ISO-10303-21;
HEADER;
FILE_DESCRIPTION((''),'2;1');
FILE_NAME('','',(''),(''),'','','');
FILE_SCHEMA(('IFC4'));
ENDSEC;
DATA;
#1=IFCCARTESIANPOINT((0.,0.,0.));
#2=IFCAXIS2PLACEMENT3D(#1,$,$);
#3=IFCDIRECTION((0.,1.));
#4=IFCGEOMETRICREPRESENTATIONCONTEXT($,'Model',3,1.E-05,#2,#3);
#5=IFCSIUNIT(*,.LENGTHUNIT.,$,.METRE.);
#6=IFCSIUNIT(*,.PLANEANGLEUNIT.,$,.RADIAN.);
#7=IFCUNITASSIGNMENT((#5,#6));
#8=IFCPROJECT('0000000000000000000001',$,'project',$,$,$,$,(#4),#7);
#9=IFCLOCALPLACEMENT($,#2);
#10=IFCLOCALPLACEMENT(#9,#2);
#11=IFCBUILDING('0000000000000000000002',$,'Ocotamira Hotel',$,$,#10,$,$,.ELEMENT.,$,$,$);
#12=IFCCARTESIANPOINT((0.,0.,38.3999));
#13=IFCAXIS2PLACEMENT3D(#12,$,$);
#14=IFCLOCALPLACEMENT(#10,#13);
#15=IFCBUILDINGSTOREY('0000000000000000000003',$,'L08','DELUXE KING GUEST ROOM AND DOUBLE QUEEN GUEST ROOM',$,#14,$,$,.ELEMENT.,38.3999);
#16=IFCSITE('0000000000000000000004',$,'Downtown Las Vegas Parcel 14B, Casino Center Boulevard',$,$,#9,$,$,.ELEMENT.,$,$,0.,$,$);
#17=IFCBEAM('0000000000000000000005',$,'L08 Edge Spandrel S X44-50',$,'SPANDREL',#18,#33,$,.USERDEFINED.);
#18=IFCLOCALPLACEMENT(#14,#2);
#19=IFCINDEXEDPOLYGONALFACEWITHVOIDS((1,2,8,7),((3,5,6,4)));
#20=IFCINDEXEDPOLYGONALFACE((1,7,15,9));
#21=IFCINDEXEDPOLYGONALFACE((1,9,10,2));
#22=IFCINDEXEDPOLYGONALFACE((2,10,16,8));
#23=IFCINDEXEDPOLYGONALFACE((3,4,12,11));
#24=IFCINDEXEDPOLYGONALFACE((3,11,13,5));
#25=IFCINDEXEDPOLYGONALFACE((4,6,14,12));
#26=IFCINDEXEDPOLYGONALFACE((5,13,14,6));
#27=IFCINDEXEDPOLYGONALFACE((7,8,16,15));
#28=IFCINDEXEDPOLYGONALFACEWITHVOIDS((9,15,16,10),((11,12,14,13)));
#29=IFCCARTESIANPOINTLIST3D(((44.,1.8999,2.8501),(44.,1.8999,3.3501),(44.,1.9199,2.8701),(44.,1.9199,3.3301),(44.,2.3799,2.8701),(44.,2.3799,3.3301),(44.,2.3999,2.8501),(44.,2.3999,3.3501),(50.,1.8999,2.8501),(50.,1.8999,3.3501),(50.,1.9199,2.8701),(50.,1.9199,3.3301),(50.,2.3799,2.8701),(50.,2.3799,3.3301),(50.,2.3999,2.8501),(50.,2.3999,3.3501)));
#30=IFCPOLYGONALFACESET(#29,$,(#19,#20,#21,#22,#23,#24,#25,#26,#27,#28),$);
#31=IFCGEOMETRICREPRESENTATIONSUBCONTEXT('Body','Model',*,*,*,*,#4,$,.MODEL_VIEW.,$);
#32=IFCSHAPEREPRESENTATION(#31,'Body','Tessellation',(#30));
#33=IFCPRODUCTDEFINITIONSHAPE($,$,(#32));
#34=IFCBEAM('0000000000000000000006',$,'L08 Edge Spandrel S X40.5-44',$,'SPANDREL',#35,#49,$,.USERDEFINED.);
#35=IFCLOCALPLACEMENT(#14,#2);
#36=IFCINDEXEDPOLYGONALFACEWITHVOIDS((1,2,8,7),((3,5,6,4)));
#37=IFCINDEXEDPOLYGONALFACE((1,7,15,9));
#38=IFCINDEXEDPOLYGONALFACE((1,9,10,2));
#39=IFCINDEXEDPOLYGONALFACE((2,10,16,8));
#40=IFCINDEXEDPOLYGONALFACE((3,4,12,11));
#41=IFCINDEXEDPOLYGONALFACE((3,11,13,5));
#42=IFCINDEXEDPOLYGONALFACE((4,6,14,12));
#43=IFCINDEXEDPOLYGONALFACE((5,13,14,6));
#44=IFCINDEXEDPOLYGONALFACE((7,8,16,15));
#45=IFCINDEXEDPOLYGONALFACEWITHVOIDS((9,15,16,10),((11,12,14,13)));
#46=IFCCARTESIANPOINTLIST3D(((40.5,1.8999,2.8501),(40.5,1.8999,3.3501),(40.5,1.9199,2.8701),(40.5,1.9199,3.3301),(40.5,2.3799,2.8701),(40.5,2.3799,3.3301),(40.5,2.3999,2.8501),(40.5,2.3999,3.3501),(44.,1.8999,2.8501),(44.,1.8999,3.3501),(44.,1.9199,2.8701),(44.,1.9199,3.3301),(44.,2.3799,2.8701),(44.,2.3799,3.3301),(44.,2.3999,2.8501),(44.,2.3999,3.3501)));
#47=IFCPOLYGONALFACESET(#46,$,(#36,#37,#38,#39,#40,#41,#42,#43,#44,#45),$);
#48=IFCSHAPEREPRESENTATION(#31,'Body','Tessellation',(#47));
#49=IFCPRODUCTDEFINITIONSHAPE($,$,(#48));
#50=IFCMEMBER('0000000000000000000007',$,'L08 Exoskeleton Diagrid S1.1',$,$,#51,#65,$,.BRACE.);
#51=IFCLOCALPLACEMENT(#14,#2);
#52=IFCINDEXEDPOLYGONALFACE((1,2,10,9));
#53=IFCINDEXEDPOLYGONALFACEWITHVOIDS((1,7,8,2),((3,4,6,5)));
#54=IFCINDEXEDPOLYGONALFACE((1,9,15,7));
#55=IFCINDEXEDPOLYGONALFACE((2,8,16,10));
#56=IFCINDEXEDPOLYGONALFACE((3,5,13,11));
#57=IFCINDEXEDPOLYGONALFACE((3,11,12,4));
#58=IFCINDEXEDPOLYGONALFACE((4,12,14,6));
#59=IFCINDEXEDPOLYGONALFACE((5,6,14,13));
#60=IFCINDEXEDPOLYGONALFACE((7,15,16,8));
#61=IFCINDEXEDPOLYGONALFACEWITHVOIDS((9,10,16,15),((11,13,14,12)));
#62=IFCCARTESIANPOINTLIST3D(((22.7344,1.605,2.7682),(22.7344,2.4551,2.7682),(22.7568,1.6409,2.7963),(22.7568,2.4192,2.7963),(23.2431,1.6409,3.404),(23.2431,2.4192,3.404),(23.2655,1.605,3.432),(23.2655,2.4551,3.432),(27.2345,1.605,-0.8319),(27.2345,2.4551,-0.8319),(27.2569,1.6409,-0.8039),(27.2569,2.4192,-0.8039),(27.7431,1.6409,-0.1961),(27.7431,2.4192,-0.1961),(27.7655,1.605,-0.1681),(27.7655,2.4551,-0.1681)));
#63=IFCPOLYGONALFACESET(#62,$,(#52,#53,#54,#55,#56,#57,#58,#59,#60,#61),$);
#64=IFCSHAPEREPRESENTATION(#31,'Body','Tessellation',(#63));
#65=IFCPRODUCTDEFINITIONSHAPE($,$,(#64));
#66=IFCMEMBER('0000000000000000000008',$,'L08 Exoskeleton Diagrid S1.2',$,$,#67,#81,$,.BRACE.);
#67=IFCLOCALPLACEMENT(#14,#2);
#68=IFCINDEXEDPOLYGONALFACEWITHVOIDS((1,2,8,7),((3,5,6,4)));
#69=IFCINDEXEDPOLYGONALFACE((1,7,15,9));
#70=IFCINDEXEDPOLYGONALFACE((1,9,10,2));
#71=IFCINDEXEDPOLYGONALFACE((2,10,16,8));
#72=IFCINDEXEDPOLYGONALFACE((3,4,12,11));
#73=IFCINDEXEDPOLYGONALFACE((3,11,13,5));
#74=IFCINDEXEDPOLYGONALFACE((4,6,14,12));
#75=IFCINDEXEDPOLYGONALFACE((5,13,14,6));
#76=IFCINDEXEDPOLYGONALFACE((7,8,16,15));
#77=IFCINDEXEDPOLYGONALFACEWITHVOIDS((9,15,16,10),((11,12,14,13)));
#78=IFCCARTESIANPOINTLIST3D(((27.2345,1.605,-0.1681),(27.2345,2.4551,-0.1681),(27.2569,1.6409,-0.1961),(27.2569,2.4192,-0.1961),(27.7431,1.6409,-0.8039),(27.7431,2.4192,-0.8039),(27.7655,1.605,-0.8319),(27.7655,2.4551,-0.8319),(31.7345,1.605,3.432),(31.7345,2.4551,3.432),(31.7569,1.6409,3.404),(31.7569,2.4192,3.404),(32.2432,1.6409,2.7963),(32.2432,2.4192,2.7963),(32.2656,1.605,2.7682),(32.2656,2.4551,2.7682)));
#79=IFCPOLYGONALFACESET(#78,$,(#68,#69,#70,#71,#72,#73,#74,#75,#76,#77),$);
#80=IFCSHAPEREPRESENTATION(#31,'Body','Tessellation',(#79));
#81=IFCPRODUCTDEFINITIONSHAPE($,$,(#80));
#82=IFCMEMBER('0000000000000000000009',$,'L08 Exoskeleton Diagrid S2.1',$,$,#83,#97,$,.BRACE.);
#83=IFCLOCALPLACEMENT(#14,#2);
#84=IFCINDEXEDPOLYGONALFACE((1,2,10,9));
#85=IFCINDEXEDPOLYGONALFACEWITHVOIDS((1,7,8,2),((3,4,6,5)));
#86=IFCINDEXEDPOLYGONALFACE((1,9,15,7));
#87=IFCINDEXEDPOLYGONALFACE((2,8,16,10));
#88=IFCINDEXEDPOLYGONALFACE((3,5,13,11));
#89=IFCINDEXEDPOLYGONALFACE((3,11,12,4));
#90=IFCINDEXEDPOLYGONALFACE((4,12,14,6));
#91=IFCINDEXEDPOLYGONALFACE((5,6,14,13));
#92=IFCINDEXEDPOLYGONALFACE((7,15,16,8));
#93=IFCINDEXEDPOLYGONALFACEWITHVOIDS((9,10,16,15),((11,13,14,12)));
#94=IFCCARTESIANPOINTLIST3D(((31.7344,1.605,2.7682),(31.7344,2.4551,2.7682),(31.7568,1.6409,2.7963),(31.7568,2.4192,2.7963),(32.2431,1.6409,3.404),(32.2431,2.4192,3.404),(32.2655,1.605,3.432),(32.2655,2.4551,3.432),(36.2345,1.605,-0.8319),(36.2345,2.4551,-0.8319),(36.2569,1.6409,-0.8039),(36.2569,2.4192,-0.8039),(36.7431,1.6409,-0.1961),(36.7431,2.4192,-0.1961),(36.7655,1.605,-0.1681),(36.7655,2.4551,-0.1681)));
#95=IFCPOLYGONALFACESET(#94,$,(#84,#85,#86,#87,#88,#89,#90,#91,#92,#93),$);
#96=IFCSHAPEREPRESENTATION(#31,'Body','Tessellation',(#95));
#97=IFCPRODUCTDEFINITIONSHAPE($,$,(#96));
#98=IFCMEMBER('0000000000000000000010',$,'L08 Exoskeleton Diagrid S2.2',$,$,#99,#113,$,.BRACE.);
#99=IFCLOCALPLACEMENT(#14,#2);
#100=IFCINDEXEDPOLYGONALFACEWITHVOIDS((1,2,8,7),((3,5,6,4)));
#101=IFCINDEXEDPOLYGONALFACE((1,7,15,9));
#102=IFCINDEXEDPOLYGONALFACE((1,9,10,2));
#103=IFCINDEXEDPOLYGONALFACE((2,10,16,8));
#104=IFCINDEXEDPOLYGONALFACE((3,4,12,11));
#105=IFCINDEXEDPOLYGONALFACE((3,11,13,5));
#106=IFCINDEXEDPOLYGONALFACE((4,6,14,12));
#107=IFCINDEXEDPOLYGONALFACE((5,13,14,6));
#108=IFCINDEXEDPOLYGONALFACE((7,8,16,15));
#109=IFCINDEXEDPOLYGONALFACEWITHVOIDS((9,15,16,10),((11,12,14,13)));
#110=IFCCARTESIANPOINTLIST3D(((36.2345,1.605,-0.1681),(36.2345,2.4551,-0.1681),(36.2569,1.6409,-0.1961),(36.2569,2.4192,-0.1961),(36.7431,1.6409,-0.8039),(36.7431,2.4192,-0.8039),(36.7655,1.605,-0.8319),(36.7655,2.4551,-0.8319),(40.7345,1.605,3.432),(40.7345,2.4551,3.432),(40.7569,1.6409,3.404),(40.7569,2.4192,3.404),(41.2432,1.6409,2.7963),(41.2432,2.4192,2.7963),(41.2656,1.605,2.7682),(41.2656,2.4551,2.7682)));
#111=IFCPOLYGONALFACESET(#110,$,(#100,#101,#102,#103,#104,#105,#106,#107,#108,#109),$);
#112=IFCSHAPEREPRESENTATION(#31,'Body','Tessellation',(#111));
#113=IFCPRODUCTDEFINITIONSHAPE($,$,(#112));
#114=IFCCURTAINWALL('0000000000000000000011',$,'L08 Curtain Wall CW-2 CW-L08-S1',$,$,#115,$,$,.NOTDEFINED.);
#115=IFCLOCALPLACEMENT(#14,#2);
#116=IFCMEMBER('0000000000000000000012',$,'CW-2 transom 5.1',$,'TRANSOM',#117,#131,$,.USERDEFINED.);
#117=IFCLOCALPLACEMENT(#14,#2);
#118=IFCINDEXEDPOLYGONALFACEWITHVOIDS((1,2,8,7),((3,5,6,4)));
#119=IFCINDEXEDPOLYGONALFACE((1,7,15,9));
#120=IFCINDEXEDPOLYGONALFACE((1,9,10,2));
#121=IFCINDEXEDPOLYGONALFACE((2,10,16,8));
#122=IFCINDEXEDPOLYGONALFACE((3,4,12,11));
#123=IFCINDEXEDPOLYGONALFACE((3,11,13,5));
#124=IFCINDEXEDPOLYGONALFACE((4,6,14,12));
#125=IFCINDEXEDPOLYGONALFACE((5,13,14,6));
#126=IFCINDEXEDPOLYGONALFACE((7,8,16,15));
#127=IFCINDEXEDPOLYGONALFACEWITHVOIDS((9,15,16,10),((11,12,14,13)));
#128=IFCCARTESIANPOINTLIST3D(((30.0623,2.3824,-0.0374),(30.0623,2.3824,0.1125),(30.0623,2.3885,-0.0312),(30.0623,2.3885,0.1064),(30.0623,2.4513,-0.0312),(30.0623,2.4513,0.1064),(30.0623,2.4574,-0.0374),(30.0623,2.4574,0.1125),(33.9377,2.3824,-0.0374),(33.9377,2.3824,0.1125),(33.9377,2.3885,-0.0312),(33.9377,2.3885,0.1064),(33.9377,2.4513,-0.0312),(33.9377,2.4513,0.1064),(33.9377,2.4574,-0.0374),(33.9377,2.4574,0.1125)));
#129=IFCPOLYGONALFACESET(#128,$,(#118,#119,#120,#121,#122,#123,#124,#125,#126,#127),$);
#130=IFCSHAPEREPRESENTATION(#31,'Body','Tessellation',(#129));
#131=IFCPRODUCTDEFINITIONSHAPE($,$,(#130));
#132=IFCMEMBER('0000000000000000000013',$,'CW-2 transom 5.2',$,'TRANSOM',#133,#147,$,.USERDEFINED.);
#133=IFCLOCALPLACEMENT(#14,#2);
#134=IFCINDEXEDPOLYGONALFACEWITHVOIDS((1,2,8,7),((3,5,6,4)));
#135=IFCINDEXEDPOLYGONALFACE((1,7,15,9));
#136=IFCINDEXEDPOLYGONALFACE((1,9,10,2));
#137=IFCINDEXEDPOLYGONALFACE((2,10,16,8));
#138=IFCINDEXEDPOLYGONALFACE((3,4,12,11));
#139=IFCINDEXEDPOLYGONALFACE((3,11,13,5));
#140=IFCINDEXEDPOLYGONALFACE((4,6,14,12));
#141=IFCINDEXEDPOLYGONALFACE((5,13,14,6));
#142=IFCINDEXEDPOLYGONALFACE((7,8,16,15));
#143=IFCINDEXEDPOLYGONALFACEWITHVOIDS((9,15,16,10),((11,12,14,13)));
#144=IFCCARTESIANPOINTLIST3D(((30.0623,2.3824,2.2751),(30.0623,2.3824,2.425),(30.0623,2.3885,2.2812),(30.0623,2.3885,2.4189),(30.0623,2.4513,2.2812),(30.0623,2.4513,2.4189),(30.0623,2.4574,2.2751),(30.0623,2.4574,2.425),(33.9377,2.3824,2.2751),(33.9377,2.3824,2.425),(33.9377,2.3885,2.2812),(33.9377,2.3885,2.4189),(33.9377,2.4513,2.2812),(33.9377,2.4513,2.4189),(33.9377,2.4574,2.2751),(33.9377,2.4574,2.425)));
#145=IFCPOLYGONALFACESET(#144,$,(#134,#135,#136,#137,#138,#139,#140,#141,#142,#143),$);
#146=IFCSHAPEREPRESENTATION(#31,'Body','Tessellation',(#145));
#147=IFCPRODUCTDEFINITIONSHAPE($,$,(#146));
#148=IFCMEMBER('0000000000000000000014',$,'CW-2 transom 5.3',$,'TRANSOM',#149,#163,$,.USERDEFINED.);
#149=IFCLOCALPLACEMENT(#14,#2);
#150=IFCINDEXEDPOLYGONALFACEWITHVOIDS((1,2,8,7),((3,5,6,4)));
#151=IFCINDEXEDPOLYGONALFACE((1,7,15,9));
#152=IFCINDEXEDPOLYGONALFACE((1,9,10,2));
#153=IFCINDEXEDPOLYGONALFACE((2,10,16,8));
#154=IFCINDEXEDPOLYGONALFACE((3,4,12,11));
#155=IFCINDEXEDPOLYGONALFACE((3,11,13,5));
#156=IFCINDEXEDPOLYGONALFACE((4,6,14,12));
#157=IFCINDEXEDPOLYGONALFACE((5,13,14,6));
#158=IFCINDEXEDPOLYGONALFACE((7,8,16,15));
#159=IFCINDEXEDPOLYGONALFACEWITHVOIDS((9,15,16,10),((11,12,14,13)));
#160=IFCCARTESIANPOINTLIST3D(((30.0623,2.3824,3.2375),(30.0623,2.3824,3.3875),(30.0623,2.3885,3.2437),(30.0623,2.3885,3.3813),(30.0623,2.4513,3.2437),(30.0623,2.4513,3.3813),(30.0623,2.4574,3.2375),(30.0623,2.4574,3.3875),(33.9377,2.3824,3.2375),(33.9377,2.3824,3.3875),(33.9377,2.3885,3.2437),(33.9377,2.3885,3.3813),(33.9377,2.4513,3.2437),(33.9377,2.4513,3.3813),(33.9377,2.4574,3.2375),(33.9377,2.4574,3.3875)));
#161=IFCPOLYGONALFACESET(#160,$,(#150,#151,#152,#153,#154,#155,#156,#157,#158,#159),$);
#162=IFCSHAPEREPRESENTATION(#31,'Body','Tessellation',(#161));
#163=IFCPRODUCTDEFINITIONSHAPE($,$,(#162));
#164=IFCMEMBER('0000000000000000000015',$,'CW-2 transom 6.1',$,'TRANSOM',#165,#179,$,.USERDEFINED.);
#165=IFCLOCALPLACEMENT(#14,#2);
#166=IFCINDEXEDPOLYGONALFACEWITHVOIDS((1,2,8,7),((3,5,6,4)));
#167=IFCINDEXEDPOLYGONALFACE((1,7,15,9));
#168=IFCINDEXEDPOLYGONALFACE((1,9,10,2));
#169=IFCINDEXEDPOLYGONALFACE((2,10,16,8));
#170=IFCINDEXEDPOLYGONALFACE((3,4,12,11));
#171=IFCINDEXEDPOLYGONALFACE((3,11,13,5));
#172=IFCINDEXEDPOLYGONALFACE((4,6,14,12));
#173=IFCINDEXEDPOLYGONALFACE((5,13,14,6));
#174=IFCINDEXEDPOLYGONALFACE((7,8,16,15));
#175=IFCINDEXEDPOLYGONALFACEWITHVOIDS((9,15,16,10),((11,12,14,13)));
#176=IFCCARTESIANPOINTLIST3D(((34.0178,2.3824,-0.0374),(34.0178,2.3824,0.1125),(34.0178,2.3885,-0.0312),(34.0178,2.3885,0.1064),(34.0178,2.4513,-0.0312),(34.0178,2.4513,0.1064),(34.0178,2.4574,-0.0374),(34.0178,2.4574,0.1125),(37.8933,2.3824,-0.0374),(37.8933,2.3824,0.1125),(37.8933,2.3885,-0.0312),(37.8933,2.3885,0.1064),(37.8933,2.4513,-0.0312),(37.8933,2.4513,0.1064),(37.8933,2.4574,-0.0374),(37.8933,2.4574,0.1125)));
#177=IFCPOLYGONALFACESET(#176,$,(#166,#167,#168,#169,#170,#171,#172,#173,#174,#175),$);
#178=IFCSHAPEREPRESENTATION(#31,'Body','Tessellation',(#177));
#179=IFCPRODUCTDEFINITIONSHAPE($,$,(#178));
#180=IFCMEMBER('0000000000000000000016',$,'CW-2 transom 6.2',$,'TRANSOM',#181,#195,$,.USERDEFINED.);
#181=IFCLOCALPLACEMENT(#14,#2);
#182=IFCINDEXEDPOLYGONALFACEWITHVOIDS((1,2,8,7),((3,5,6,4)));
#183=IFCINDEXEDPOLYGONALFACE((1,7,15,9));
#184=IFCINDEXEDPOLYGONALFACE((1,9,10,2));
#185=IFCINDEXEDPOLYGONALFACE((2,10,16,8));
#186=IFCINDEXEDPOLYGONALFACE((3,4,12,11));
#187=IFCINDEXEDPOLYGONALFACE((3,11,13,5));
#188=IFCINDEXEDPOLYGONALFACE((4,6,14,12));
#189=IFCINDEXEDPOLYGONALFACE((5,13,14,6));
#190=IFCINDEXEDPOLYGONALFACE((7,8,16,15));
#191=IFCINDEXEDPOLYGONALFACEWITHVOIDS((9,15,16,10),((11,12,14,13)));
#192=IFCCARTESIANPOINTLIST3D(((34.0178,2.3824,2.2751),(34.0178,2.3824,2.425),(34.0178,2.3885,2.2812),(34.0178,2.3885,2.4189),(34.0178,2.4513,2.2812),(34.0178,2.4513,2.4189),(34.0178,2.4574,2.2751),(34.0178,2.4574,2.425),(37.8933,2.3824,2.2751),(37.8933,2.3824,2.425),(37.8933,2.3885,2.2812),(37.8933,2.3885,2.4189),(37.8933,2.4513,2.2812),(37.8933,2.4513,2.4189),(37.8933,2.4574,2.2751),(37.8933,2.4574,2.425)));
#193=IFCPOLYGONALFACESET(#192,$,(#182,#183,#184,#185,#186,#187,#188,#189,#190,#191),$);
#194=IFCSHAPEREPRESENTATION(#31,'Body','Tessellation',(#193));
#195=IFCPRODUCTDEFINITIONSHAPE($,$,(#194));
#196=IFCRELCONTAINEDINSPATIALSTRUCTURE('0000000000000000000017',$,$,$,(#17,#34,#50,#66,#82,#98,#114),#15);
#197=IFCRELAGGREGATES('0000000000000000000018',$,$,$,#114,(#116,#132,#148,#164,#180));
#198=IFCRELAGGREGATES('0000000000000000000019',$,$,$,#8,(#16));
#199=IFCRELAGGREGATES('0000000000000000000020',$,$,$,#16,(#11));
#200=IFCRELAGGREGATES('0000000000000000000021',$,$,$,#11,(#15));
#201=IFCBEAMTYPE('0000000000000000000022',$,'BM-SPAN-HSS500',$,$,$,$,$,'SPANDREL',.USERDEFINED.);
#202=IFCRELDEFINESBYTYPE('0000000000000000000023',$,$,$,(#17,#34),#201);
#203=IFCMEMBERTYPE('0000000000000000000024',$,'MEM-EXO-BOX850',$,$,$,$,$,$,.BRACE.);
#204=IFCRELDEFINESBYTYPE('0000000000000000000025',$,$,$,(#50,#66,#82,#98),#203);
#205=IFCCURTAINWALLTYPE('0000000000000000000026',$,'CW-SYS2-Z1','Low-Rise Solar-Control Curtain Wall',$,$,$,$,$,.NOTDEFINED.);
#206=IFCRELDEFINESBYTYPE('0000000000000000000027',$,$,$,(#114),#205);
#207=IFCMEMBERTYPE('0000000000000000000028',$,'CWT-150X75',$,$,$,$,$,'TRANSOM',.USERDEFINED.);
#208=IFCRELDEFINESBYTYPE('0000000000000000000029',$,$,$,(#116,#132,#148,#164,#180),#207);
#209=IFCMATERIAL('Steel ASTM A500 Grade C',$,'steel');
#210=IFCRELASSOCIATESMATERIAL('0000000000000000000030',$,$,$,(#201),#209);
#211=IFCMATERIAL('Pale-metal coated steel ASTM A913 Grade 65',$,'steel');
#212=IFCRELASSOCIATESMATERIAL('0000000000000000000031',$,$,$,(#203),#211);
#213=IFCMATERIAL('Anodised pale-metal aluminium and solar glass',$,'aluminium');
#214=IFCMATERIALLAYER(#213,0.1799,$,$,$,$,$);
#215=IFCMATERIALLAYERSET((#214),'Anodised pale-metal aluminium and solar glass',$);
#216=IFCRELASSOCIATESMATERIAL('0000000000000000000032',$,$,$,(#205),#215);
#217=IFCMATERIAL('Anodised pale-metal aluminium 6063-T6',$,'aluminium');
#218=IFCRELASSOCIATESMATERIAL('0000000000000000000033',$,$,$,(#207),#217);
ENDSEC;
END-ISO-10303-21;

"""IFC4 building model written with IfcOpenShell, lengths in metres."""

from ifc_helpers import new_model, si_unit, direction, frame, origin, origin_2d, place, context, subcontext, project, spatial, hollow_rectangle, extrude, source, transform, mapped, material, layer, layer_set, material_profile, profile_set, type_object, element, aggregate, save


model = new_model("IFC4")

# Units and contexts
model_context = context("Model", 3, precision=1e-05, world=origin(), true_north=direction((0.0, 1.0)))
body_context = subcontext(model_context, "Body", "Model", "MODEL_VIEW")
ifc_project = project(units=[si_unit("LENGTHUNIT", "METRE"), si_unit("PLANEANGLEUNIT", "RADIAN")], contexts=[model_context])

# Site, building, storey
site_placement = place(None, origin())
site = spatial("IfcSite", under=ifc_project, at=site_placement, Name="Downtown Las Vegas Parcel 14B, Casino Center Boulevard", CompositionType="ELEMENT", RefElevation=0.0)
building_placement = place(site_placement, origin())
building = spatial("IfcBuilding", under=site, at=building_placement, Name="Ocotamira Hotel", CompositionType="ELEMENT")
storey_placement = place(building_placement, frame((0.0, 0.0, 38.3999)))
storey = spatial("IfcBuildingStorey", under=building, at=storey_placement, Name="L08", Description="DELUXE KING GUEST ROOM AND DOUBLE QUEEN GUEST ROOM", CompositionType="ELEMENT", Elevation=38.3999)

# Beams
ifc_material_1 = material(Name="Steel ASTM A500 Grade C", Category="steel")
ifc_material_profile_1 = material_profile(ifc_material_1, hollow_rectangle(XDim=0.5, YDim=0.5, WallThickness=0.02, at=origin_2d()), Name="HSS500X500X20")
ifc_profile_set_1 = profile_set([ifc_material_profile_1], Name="Steel ASTM A500 Grade C")
beam_type = type_object("IfcBeamType", Name="BM-SPAN-HSS500", ElementType="SPANDREL", PredefinedType="USERDEFINED", material=ifc_profile_set_1)
shared_shape_1 = source(origin(), body_context, "Body", "SweptSolid", [
    extrude(hollow_rectangle(XDim=0.5, YDim=0.5, WallThickness=0.02, at=origin_2d()), origin(), (0.0, 0.0, 1.0), 6.0),
])
beam_1_placement = place(storey_placement, frame((44.0, 2.1499, 3.1001), z_axis=(1.0, 0.0, 0.0), x_axis=(0.0, 1.0, 0.0)))
element("IfcBeam", 1, at=beam_1_placement, inside=storey, type_object=beam_type, Name="L08 Edge Spandrel S X44-50", ObjectType="SPANDREL", PredefinedType="USERDEFINED", context=body_context, shape_type="MappedRepresentation", body=[
    mapped(shared_shape_1, transform((0.0, 0.0, 0.0), scale=1.0)),
])
shared_shape_2 = source(origin(), body_context, "Body", "SweptSolid", [
    extrude(hollow_rectangle(XDim=0.5, YDim=0.5, WallThickness=0.02, at=origin_2d()), origin(), (0.0, 0.0, 1.0), 3.5),
])
beam_2_placement = place(storey_placement, frame((40.5, 2.1499, 3.1001), z_axis=(1.0, 0.0, 0.0), x_axis=(0.0, 1.0, 0.0)))
element("IfcBeam", 2, at=beam_2_placement, inside=storey, type_object=beam_type, Name="L08 Edge Spandrel S X40.5-44", ObjectType="SPANDREL", PredefinedType="USERDEFINED", context=body_context, shape_type="MappedRepresentation", body=[
    mapped(shared_shape_2, transform((0.0, 0.0, 0.0), scale=1.0)),
])

# Members
ifc_material_2 = material(Name="Pale-metal coated steel ASTM A913 Grade 65", Category="steel")
ifc_material_profile_2 = material_profile(ifc_material_2, hollow_rectangle(XDim=0.8501, YDim=0.8501, WallThickness=0.0359, at=origin_2d()), Name="BOX850X850X36")
ifc_profile_set_2 = profile_set([ifc_material_profile_2], Name="Pale-metal coated steel ASTM A913 Grade 65")
member_type_1 = type_object("IfcMemberType", Name="MEM-EXO-BOX850", PredefinedType="BRACE", material=ifc_profile_set_2)
shared_shape_3 = source(origin(), body_context, "Body", "SweptSolid", [
    extrude(hollow_rectangle(XDim=0.8501, YDim=0.8501, WallThickness=0.0359, at=origin_2d()), origin(), (0.0, 0.0, 1.0), 5.7629),
])
for number, where, z_axis, x_axis, name in (
    (3, (27.5, 2.03, -0.5), (-0.780861, 0.0, 0.624705), (0.0, -1.0, 0.0), "L08 Exoskeleton Diagrid S1.1"),
    (4, (27.5, 2.03, -0.5), (0.780861, 0.0, 0.624705), (0.0, 1.0, 0.0), "L08 Exoskeleton Diagrid S1.2"),
    (5, (36.5, 2.03, -0.5), (-0.780861, 0.0, 0.624705), (0.0, -1.0, 0.0), "L08 Exoskeleton Diagrid S2.1"),
    (6, (36.5, 2.03, -0.5), (0.780861, 0.0, 0.624705), (0.0, 1.0, 0.0), "L08 Exoskeleton Diagrid S2.2"),
):
    element("IfcMember", number, at=place(storey_placement, frame(where, z_axis=z_axis, x_axis=x_axis)), inside=storey, type_object=member_type_1, Name=name, PredefinedType="BRACE", context=body_context, shape_type="MappedRepresentation", body=[
        mapped(shared_shape_3, transform((0.0, 0.0, 0.0), scale=1.0)),
    ])

# Curtain wall, members
ifc_material_3 = material(Name="Anodised pale-metal aluminium and solar glass", Category="aluminium")
ifc_layer_1 = layer(ifc_material_3, 0.1799)
ifc_layer_set_1 = layer_set([ifc_layer_1], Name="Anodised pale-metal aluminium and solar glass")
curtain_wall_type = type_object("IfcCurtainWallType", Name="CW-SYS2-Z1", Description="Low-Rise Solar-Control Curtain Wall", PredefinedType="NOTDEFINED", material=ifc_layer_set_1)
curtain_wall_placement = place(storey_placement, origin())
curtain_wall = element("IfcCurtainWall", 7, at=curtain_wall_placement, inside=storey, type_object=curtain_wall_type, Name="L08 Curtain Wall CW-2 CW-L08-S1", PredefinedType="NOTDEFINED")
ifc_material_4 = material(Name="Anodised pale-metal aluminium 6063-T6", Category="aluminium")
ifc_material_profile_3 = material_profile(ifc_material_4, hollow_rectangle(XDim=0.075, YDim=0.1499, WallThickness=0.0061, at=origin_2d()), Name="HSS150X75X6")
ifc_profile_set_3 = profile_set([ifc_material_profile_3], Name="Anodised pale-metal aluminium 6063-T6")
member_type_2 = type_object("IfcMemberType", Name="CWT-150X75", ElementType="TRANSOM", PredefinedType="USERDEFINED", material=ifc_profile_set_3)
shared_shape_4 = source(origin(), body_context, "Body", "SweptSolid", [
    extrude(hollow_rectangle(XDim=0.075, YDim=0.1499, WallThickness=0.0061, at=origin_2d()), origin(), (0.0, 0.0, 1.0), 3.8755),
])
member_1_placement = place(storey_placement, frame((30.0623, 2.4199, 0.0376), z_axis=(1.0, 0.0, 0.0), x_axis=(0.0, 1.0, 0.0)))
member_1 = element("IfcMember", 8, at=member_1_placement, type_object=member_type_2, Name="CW-2 transom 5.1", ObjectType="TRANSOM", PredefinedType="USERDEFINED", context=body_context, shape_type="MappedRepresentation", body=[
    mapped(shared_shape_4, transform((0.0, 0.0, 0.0), scale=1.0)),
])
member_2_placement = place(storey_placement, frame((30.0623, 2.4199, 2.3501), z_axis=(1.0, 0.0, 0.0), x_axis=(0.0, 1.0, 0.0)))
member_2 = element("IfcMember", 9, at=member_2_placement, type_object=member_type_2, Name="CW-2 transom 5.2", ObjectType="TRANSOM", PredefinedType="USERDEFINED", context=body_context, shape_type="MappedRepresentation", body=[
    mapped(shared_shape_4, transform((0.0, 0.0, 0.0), scale=1.0)),
])
member_3_placement = place(storey_placement, frame((30.0623, 2.4199, 3.3125), z_axis=(1.0, 0.0, 0.0), x_axis=(0.0, 1.0, 0.0)))
member_3 = element("IfcMember", 10, at=member_3_placement, type_object=member_type_2, Name="CW-2 transom 5.3", ObjectType="TRANSOM", PredefinedType="USERDEFINED", context=body_context, shape_type="MappedRepresentation", body=[
    mapped(shared_shape_4, transform((0.0, 0.0, 0.0), scale=1.0)),
])
member_4_placement = place(storey_placement, frame((34.0178, 2.4199, 0.0376), z_axis=(1.0, 0.0, 0.0), x_axis=(0.0, 1.0, 0.0)))
member_4 = element("IfcMember", 11, at=member_4_placement, type_object=member_type_2, Name="CW-2 transom 6.1", ObjectType="TRANSOM", PredefinedType="USERDEFINED", context=body_context, shape_type="MappedRepresentation", body=[
    mapped(shared_shape_4, transform((0.0, 0.0, 0.0), scale=1.0)),
])
member_5_placement = place(storey_placement, frame((34.0178, 2.4199, 2.3501), z_axis=(1.0, 0.0, 0.0), x_axis=(0.0, 1.0, 0.0)))
member_5 = element("IfcMember", 12, at=member_5_placement, type_object=member_type_2, Name="CW-2 transom 6.2", ObjectType="TRANSOM", PredefinedType="USERDEFINED", context=body_context, shape_type="MappedRepresentation", body=[
    mapped(shared_shape_4, transform((0.0, 0.0, 0.0), scale=1.0)),
])

aggregate(curtain_wall, [member_1, member_2, member_3, member_4, member_5])

save(model, "model.ifc")
